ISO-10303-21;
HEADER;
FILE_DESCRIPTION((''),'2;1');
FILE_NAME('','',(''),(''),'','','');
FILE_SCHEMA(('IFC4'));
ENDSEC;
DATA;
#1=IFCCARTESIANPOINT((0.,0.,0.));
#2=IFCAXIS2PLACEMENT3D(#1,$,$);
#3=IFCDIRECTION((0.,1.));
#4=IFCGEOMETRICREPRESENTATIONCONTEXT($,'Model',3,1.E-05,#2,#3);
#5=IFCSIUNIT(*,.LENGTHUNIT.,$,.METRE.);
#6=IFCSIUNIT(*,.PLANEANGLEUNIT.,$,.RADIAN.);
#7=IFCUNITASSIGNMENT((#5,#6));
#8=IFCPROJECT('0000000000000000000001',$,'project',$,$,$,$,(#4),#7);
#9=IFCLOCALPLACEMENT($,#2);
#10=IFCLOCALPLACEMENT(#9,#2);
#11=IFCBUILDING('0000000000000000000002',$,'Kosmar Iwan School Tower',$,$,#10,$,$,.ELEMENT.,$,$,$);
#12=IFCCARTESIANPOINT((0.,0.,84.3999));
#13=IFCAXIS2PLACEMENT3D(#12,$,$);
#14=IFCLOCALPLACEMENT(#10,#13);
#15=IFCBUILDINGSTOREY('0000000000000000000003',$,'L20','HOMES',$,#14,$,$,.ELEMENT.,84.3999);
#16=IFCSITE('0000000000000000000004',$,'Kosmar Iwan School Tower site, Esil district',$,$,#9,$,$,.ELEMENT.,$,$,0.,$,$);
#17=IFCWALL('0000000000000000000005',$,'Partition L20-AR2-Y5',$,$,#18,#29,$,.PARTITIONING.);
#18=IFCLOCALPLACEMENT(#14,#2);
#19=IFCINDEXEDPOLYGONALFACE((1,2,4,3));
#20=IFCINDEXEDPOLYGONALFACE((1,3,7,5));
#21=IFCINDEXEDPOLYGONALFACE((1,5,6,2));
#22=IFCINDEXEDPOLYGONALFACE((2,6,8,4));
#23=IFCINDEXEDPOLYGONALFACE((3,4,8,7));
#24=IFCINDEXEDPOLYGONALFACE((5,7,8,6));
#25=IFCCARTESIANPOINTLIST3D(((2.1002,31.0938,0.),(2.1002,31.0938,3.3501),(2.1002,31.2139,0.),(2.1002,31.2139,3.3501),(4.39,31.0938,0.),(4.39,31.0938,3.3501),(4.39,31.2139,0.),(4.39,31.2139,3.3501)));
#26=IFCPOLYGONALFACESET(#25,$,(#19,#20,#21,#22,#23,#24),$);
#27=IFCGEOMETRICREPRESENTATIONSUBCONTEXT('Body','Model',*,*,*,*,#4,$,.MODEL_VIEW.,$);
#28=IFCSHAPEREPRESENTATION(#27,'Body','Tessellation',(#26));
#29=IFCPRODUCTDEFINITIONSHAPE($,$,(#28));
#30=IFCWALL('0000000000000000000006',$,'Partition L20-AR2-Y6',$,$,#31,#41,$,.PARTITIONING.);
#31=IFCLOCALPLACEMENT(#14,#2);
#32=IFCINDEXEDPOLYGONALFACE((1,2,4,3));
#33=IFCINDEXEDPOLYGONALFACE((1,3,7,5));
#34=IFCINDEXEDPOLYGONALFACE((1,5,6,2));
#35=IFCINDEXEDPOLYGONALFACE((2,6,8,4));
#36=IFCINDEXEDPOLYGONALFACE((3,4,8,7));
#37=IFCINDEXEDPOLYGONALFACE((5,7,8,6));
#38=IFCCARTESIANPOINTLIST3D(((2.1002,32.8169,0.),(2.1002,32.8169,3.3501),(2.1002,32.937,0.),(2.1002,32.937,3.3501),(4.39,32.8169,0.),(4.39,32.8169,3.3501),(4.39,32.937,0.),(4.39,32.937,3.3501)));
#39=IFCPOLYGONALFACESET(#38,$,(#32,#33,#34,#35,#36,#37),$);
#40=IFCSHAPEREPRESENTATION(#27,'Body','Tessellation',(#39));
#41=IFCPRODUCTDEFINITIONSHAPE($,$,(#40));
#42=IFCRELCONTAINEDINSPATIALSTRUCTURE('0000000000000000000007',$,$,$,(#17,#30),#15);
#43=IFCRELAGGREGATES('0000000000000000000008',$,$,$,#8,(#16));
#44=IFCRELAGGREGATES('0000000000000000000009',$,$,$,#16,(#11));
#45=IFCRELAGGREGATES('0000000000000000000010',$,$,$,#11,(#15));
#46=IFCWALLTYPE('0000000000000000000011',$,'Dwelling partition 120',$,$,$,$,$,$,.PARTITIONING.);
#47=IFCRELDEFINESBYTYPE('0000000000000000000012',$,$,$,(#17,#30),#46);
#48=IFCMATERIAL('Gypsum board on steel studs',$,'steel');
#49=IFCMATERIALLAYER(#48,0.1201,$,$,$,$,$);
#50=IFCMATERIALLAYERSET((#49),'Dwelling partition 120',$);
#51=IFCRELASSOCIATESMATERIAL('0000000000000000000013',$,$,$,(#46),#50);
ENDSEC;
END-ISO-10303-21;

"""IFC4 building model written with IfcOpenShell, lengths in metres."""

from ifc_helpers import new_model, si_unit, direction, frame, frame_2d, origin, place, context, subcontext, project, spatial, rectangle, extrude, material, layer, layer_set, type_object, element, save


model = new_model("IFC4")

# Units and contexts
model_context = context("Model", 3, precision=1e-05, world=origin(), true_north=direction((0.0, 1.0)))
body_context = subcontext(model_context, "Body", "Model", "MODEL_VIEW")
ifc_project = project(units=[si_unit("LENGTHUNIT", "METRE"), si_unit("PLANEANGLEUNIT", "RADIAN")], contexts=[model_context])

# Site, building, storey
site_placement = place(None, origin())
site = spatial("IfcSite", under=ifc_project, at=site_placement, Name="Kosmar Iwan School Tower site, Esil district", CompositionType="ELEMENT", RefElevation=0.0)
building_placement = place(site_placement, origin())
building = spatial("IfcBuilding", under=site, at=building_placement, Name="Kosmar Iwan School Tower", CompositionType="ELEMENT")
storey_placement = place(building_placement, frame((0.0, 0.0, 84.3999)))
storey = spatial("IfcBuildingStorey", under=building, at=storey_placement, Name="L20", Description="HOMES", CompositionType="ELEMENT", Elevation=84.3999)

# Walls
ifc_material_1 = material(Name="Gypsum board on steel studs", Category="steel")
ifc_layer_1 = layer(ifc_material_1, 0.1201)
ifc_layer_set_1 = layer_set([ifc_layer_1], Name="Dwelling partition 120")
wall_type = type_object("IfcWallType", Name="Dwelling partition 120", PredefinedType="PARTITIONING", material=ifc_layer_set_1)
for number, where, z_axis, x_axis, name in (
    (1, (2.1001, 31.1538, 0.0), (0.0, 0.0, 1.0), (1.0, 0.0, 0.0), "Partition L20-AR2-Y5"),
    (2, (2.1001, 32.877, 0.0), (0.0, 0.0, 1.0), (1.0, 0.0, 0.0), "Partition L20-AR2-Y6"),
):
    element("IfcWall", number, at=place(storey_placement, frame(where, z_axis=z_axis, x_axis=x_axis)), inside=storey, type_object=wall_type, Name=name, PredefinedType="PARTITIONING", context=body_context, shape_type="SweptSolid", body=[
        extrude(rectangle(XDim=2.2898, YDim=0.1201, at=frame_2d((1.145, 0.0))), origin(), (0.0, 0.0, 1.0), 3.3501),
    ])

save(model, "model.ifc")
